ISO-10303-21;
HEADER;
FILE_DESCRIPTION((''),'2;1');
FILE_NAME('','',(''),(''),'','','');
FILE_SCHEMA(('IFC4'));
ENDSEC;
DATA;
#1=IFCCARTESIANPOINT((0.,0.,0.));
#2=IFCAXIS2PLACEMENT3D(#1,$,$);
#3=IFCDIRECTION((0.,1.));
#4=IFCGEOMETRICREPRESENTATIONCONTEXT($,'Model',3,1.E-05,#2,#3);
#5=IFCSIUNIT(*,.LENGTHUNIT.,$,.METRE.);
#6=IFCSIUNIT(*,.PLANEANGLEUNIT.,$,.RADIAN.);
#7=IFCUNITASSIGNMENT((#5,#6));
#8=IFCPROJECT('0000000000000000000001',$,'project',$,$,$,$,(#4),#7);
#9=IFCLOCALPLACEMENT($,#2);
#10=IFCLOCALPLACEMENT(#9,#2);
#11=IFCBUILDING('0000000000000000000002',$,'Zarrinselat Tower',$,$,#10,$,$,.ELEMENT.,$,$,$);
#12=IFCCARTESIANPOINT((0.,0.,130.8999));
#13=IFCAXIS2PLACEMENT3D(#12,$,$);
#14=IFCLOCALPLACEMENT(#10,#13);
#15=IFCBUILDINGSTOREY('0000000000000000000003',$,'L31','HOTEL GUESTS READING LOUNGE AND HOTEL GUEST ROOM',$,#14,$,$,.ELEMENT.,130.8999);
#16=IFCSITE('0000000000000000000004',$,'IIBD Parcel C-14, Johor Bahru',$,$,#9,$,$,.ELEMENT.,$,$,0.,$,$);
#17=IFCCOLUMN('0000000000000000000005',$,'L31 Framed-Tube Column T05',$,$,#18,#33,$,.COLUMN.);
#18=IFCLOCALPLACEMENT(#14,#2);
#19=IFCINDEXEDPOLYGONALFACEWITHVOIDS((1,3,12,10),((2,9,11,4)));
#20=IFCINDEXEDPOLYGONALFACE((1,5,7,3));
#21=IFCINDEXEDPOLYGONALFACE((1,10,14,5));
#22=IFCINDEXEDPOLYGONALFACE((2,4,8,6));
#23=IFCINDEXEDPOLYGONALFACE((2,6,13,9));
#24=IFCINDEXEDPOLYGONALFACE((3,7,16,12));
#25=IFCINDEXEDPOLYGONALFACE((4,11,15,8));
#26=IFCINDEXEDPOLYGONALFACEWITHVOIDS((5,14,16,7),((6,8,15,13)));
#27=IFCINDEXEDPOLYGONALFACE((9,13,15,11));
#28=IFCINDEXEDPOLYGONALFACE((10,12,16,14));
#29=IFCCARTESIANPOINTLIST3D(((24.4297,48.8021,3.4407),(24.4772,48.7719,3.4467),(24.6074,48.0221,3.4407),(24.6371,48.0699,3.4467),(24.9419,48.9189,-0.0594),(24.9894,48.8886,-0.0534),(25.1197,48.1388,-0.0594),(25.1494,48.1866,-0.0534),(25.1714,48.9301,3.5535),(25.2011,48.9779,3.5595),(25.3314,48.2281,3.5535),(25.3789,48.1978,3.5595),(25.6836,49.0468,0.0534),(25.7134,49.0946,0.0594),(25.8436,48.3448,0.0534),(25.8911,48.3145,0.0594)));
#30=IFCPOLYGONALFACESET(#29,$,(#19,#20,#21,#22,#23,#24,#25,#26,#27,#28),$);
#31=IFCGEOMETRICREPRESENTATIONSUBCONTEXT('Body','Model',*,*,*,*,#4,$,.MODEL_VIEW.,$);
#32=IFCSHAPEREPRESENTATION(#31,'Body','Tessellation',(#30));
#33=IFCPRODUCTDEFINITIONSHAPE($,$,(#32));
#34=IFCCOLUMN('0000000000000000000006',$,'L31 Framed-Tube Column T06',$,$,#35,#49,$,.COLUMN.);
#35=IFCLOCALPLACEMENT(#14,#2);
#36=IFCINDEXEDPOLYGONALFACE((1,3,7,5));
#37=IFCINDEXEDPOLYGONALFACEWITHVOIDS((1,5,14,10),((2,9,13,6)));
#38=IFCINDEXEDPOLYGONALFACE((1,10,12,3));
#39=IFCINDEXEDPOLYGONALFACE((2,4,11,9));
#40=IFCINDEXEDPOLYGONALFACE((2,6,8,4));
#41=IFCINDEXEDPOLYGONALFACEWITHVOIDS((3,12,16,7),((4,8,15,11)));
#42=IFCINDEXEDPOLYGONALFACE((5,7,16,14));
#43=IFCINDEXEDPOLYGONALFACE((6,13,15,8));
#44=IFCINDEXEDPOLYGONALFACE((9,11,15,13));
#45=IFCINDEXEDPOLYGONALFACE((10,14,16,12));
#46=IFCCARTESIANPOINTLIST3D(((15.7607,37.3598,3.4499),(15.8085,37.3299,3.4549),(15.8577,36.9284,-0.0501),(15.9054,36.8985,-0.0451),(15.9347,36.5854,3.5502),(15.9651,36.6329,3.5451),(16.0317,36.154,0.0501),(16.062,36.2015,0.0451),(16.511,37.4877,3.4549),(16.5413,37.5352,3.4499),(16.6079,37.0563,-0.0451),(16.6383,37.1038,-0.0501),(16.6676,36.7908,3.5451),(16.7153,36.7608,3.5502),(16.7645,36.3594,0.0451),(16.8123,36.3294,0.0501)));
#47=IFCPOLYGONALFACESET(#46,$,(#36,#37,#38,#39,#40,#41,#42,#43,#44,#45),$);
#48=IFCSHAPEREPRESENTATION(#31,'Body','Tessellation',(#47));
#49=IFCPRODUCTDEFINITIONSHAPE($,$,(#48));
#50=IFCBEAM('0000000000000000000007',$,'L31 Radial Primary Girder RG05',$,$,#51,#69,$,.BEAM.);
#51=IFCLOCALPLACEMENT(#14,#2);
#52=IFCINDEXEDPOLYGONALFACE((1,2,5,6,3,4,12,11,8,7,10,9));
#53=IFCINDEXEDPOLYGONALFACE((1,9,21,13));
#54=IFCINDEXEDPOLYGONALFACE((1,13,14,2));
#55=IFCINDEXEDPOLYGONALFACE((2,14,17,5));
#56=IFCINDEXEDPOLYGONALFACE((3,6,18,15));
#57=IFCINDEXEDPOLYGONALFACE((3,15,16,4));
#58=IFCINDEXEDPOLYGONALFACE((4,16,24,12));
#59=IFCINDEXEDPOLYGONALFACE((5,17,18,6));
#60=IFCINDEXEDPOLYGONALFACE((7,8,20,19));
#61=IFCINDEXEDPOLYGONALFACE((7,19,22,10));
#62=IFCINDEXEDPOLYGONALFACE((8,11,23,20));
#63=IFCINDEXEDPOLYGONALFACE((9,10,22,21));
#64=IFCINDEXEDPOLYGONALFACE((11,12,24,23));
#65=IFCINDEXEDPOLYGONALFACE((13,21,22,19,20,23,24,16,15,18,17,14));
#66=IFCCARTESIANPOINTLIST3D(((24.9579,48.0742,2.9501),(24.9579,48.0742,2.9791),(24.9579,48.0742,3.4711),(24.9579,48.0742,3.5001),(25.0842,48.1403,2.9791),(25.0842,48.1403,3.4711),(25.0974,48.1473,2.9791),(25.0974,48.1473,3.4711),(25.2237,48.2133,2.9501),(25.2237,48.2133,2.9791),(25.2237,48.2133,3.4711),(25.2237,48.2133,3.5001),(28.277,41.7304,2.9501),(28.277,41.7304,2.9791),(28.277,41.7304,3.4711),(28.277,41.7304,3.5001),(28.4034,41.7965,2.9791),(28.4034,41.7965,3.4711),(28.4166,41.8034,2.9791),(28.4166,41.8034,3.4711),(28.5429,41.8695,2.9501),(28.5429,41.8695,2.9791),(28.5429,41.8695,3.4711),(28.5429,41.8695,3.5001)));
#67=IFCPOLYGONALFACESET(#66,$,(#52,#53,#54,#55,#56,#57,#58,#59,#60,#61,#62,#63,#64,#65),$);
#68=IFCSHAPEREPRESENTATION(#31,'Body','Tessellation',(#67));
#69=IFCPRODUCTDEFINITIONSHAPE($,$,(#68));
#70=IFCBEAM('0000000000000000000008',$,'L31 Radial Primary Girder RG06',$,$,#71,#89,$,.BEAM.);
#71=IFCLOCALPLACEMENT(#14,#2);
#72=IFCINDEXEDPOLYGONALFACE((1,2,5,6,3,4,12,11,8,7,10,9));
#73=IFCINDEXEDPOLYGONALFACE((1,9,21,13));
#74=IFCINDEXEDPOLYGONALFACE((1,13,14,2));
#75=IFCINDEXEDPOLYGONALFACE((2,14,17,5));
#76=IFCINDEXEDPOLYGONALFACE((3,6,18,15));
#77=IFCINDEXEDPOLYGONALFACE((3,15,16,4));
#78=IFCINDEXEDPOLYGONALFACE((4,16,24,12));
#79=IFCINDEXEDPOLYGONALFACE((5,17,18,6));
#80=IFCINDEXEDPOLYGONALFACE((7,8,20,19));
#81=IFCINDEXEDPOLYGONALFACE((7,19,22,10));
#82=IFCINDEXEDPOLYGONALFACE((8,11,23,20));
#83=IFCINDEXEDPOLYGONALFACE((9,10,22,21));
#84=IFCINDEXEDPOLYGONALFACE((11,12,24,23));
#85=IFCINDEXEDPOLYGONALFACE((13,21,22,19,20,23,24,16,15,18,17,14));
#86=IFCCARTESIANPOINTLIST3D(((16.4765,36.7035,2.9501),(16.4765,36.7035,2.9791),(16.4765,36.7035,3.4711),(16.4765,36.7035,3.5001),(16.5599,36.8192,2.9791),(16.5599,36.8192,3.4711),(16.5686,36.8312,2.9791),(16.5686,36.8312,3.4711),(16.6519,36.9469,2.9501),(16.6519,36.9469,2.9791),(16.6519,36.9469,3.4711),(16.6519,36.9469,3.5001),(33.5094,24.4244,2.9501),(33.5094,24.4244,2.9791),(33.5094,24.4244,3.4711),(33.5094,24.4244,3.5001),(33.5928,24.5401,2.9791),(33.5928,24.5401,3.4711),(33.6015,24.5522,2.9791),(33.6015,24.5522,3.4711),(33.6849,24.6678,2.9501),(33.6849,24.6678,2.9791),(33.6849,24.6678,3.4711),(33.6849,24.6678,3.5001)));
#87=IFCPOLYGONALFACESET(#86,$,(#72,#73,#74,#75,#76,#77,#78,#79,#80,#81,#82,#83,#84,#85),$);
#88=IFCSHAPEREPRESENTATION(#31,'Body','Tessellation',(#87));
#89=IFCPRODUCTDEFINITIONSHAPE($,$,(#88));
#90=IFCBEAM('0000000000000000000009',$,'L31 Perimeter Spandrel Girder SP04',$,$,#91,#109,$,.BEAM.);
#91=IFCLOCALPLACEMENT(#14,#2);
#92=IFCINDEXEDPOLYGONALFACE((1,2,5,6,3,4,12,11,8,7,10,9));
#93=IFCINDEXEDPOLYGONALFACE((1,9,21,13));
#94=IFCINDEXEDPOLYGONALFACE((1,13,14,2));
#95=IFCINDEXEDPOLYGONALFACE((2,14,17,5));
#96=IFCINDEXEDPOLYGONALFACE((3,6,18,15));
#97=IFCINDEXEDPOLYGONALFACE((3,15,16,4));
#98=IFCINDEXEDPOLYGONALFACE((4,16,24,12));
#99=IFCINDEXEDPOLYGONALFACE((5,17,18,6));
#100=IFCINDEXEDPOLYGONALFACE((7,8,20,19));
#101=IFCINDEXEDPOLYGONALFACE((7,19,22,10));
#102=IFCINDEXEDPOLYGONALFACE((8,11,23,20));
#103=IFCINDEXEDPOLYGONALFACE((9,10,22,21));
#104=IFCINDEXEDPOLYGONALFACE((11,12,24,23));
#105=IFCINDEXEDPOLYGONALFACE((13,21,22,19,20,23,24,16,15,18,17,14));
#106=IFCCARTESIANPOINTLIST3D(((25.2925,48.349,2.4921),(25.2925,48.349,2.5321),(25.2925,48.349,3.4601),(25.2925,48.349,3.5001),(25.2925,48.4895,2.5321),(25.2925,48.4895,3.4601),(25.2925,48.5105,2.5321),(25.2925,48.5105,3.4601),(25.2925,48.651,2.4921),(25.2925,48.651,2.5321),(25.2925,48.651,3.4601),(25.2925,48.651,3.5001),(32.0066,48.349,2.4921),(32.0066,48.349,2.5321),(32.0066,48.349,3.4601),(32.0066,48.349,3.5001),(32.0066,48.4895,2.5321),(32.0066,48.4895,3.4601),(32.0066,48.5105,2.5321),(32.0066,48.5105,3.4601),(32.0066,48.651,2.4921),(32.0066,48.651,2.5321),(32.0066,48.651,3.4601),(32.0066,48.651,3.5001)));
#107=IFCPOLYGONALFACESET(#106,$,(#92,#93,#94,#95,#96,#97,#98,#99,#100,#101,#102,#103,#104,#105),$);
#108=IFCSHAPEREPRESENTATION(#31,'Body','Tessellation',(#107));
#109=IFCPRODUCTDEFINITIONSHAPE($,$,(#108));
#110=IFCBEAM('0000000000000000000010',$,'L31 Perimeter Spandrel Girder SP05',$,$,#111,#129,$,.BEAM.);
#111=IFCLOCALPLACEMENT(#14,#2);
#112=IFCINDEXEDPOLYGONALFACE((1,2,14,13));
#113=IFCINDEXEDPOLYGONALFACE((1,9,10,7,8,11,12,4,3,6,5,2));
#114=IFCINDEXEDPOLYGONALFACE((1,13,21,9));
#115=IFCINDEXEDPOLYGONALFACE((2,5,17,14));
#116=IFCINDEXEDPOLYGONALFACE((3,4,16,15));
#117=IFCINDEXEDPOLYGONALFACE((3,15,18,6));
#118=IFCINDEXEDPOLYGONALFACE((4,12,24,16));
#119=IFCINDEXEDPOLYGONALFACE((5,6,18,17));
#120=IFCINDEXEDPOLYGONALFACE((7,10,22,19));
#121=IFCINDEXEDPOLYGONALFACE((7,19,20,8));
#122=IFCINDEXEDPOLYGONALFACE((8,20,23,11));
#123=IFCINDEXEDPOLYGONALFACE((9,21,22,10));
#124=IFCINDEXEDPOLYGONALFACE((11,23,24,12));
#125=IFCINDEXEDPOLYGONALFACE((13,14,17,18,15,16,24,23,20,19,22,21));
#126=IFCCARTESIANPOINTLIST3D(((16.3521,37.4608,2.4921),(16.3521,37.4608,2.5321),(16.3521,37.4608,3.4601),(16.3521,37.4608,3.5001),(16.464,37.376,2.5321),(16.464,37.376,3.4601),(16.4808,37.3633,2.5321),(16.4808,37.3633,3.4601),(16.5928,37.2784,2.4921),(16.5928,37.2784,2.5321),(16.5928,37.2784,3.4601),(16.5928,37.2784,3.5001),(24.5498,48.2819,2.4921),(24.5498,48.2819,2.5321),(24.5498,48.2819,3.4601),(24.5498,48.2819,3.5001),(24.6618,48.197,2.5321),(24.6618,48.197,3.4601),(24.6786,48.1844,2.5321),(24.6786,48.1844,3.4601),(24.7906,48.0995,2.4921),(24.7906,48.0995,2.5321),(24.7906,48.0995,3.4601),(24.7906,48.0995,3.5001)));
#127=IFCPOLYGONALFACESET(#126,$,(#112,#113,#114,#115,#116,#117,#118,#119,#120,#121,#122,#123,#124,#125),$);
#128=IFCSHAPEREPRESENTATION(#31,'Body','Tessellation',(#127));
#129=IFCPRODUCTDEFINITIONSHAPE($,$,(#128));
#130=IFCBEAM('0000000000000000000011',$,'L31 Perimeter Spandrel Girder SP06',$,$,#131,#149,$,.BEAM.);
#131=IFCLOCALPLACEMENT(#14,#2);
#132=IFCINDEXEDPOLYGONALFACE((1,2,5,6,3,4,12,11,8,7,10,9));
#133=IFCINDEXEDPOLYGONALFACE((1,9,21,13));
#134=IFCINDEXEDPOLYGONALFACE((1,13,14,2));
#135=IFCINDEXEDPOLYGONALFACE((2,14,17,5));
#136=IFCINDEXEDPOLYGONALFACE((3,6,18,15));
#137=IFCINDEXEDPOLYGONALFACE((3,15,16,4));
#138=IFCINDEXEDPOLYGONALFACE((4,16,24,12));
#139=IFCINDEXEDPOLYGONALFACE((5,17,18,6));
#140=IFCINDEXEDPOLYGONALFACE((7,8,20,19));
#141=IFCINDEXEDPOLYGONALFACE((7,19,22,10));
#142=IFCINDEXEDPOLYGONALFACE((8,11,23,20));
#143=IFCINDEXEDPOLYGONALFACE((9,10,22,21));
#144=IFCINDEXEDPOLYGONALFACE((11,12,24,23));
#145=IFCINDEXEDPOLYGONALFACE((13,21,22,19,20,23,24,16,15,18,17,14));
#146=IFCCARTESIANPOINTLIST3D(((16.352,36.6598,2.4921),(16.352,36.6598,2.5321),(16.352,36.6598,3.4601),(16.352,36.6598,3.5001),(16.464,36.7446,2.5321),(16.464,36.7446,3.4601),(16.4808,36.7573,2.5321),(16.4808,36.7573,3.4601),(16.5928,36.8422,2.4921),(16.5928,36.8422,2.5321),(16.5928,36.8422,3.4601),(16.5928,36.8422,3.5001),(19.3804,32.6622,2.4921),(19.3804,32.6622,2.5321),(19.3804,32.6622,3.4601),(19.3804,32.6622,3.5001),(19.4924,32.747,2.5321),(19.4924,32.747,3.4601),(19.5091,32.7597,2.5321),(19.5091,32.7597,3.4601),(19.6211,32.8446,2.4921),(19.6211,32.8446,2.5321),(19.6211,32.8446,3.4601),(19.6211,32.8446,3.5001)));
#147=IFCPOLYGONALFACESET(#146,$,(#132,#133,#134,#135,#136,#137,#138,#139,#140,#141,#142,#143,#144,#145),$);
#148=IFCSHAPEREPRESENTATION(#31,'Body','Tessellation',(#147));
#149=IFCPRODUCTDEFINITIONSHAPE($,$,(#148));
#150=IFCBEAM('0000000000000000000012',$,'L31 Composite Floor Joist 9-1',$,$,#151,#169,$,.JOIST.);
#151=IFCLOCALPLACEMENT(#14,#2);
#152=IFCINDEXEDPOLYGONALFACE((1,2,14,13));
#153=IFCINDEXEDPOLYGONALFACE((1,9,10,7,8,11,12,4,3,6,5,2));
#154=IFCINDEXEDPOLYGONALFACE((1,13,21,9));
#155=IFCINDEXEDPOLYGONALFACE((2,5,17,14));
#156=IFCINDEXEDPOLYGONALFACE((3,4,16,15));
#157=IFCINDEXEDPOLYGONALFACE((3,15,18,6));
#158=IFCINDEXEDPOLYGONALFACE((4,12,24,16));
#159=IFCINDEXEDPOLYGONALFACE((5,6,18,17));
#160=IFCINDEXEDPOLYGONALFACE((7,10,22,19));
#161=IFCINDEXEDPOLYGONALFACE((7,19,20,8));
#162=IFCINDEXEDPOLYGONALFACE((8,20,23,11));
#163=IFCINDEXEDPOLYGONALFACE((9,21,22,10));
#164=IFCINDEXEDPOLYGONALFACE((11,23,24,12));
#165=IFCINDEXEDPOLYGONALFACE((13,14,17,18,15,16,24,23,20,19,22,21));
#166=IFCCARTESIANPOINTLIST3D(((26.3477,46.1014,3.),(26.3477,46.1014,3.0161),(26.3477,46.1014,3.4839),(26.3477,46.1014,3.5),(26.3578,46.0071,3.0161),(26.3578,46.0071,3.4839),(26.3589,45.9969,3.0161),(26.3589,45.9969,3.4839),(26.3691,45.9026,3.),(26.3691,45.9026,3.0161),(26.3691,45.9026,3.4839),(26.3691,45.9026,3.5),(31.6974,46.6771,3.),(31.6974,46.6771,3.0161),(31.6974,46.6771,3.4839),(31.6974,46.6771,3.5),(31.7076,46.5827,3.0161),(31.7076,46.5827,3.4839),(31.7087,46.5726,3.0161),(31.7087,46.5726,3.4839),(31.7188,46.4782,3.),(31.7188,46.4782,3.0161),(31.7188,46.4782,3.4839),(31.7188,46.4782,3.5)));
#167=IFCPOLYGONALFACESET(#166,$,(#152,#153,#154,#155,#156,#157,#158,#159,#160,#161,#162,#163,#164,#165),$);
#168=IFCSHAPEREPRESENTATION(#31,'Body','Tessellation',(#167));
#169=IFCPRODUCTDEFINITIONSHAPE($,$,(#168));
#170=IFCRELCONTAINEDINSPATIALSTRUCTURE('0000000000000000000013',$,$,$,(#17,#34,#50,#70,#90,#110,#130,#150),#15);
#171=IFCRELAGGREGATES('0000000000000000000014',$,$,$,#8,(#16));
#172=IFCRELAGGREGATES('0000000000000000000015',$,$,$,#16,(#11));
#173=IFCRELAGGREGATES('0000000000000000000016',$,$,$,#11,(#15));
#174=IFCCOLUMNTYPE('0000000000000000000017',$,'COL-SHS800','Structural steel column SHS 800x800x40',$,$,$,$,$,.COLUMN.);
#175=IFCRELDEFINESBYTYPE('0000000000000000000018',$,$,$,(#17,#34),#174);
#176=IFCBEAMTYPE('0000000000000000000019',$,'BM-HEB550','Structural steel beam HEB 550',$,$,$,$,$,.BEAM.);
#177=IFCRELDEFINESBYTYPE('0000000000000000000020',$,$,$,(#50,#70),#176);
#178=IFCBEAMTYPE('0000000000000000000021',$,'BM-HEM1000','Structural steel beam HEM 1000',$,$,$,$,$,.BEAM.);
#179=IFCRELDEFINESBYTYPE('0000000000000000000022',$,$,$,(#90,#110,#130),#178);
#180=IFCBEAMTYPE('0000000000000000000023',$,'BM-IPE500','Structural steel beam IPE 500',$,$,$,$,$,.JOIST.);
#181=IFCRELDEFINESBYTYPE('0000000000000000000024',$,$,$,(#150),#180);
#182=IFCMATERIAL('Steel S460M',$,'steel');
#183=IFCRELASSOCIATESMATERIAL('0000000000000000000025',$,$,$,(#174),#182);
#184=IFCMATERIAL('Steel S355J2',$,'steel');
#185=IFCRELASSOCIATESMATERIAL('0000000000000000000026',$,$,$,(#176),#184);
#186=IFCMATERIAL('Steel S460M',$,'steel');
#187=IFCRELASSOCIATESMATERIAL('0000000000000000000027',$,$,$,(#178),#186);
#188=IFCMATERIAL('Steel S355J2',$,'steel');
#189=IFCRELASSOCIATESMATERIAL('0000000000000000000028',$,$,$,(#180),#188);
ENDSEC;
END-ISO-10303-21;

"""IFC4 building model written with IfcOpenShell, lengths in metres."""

from ifc_helpers import new_model, si_unit, direction, frame, origin, origin_2d, place, context, subcontext, project, spatial, hollow_rectangle, i_section, extrude, material, material_profile, profile_set, type_object, element, save


model = new_model("IFC4")

# Units and contexts
model_context = context("Model", 3, precision=1e-05, world=origin(), true_north=direction((0.0, 1.0)))
body_context = subcontext(model_context, "Body", "Model", "MODEL_VIEW")
ifc_project = project(units=[si_unit("LENGTHUNIT", "METRE"), si_unit("PLANEANGLEUNIT", "RADIAN")], contexts=[model_context])

# Site, building, storey
site_placement = place(None, origin())
site = spatial("IfcSite", under=ifc_project, at=site_placement, Name="IIBD Parcel C-14, Johor Bahru", CompositionType="ELEMENT", RefElevation=0.0)
building_placement = place(site_placement, origin())
building = spatial("IfcBuilding", under=site, at=building_placement, Name="Zarrinselat Tower", CompositionType="ELEMENT")
storey_placement = place(building_placement, frame((0.0, 0.0, 130.8999)))
storey = spatial("IfcBuildingStorey", under=building, at=storey_placement, Name="L31", Description="HOTEL GUESTS READING LOUNGE AND HOTEL GUEST ROOM", CompositionType="ELEMENT", Elevation=130.8999)

# Columns
ifc_material_1 = material(Name="Steel S460M", Category="steel")
ifc_material_profile_1 = material_profile(ifc_material_1, hollow_rectangle(XDim=0.8, YDim=0.8, WallThickness=0.04, at=origin_2d()), Name="SHS 800x800x40")
ifc_profile_set_1 = profile_set([ifc_material_profile_1], Name="Steel S460M")
column_type = type_object("IfcColumnType", Name="COL-SHS800", Description="Structural steel column SHS 800x800x40", PredefinedType="COLUMN", material=ifc_profile_set_1)
column_1_placement = place(storey_placement, frame((25.4165, 48.6167, 0.0), z_axis=(-0.144724, -0.032973, 0.988923), x_axis=(0.222143, -0.975014, 0.0)))
element("IfcColumn", 1, at=column_1_placement, inside=storey, type_object=column_type, Name="L31 Framed-Tube Column T05", PredefinedType="COLUMN", context=body_context, shape_type="SweptSolid", body=[
    extrude(hollow_rectangle(XDim=0.8, YDim=0.8, WallThickness=0.04, at=origin_2d()), origin(), (0.0, 0.0, 1.0), 3.5393),
])
column_2_placement = place(storey_placement, frame((16.335, 36.6289, 0.0), z_axis=(-0.027474, 0.122284, 0.992115), x_axis=(-0.975678, -0.21921, 0.0)))
element("IfcColumn", 2, at=column_2_placement, inside=storey, type_object=column_type, Name="L31 Framed-Tube Column T06", PredefinedType="COLUMN", context=body_context, shape_type="SweptSolid", body=[
    extrude(hollow_rectangle(XDim=0.8, YDim=0.8, WallThickness=0.04, at=origin_2d()), origin(), (0.0, 0.0, 1.0), 3.5278),
])

# Beams
ifc_material_2 = material(Name="Steel S355J2", Category="steel")
ifc_material_profile_2 = material_profile(ifc_material_2, i_section(OverallWidth=0.3, OverallDepth=0.55, WebThickness=0.0149, FlangeThickness=0.0291, at=origin_2d()), Name="HEB 550")
ifc_profile_set_2 = profile_set([ifc_material_profile_2], Name="Steel S355J2")
beam_type_1 = type_object("IfcBeamType", Name="BM-HEB550", Description="Structural steel beam HEB 550", PredefinedType="BEAM", material=ifc_profile_set_2)
beam_1_placement = place(storey_placement, frame((25.0908, 48.1438, 3.2251), z_axis=(0.463588, -0.886051, 0.0), x_axis=(0.886051, 0.463588, 0.0)))
element("IfcBeam", 3, at=beam_1_placement, inside=storey, type_object=beam_type_1, Name="L31 Radial Primary Girder RG05", PredefinedType="BEAM", context=body_context, shape_type="SweptSolid", body=[
    extrude(i_section(OverallWidth=0.3, OverallDepth=0.55, WebThickness=0.0149, FlangeThickness=0.0291, at=origin_2d()), origin(), (0.0, 0.0, 1.0), 7.1597),
])
beam_2_placement = place(storey_placement, frame((16.5642, 36.8252, 3.2251), z_axis=(0.811188, -0.584785, 0.0), x_axis=(0.584785, 0.811188, 0.0)))
element("IfcBeam", 4, at=beam_2_placement, inside=storey, type_object=beam_type_1, Name="L31 Radial Primary Girder RG06", PredefinedType="BEAM", context=body_context, shape_type="SweptSolid", body=[
    extrude(i_section(OverallWidth=0.3, OverallDepth=0.55, WebThickness=0.0149, FlangeThickness=0.0291, at=origin_2d()), origin(), (0.0, 0.0, 1.0), 20.9976),
])
ifc_material_3 = material(Name="Steel S460M", Category="steel")
ifc_material_profile_3 = material_profile(ifc_material_3, i_section(OverallWidth=0.302, OverallDepth=1.0081, WebThickness=0.021, FlangeThickness=0.04, at=origin_2d()), Name="HEM 1000")
ifc_profile_set_3 = profile_set([ifc_material_profile_3], Name="Steel S460M")
beam_type_2 = type_object("IfcBeamType", Name="BM-HEM1000", Description="Structural steel beam HEM 1000", PredefinedType="BEAM", material=ifc_profile_set_3)
beam_3_placement = place(storey_placement, frame((25.2925, 48.5, 2.9961), z_axis=(1.0, 0.0, 0.0), x_axis=(0.0, 1.0, 0.0)))
element("IfcBeam", 5, at=beam_3_placement, inside=storey, type_object=beam_type_2, Name="L31 Perimeter Spandrel Girder SP04", PredefinedType="BEAM", context=body_context, shape_type="SweptSolid", body=[
    extrude(i_section(OverallWidth=0.302, OverallDepth=1.0081, WebThickness=0.021, FlangeThickness=0.04, at=origin_2d()), origin(), (0.0, 0.0, 1.0), 6.7141),
])
beam_4_placement = place(storey_placement, frame((16.4724, 37.3696, 2.9961), z_axis=(0.603857, 0.797092, 0.0), x_axis=(-0.797092, 0.603857, 0.0)))
element("IfcBeam", 6, at=beam_4_placement, inside=storey, type_object=beam_type_2, Name="L31 Perimeter Spandrel Girder SP05", PredefinedType="BEAM", context=body_context, shape_type="SweptSolid", body=[
    extrude(i_section(OverallWidth=0.302, OverallDepth=1.0081, WebThickness=0.021, FlangeThickness=0.04, at=origin_2d()), origin(), (0.0, 0.0, 1.0), 13.5757),
])
beam_5_placement = place(storey_placement, frame((16.4724, 36.751, 2.9961), z_axis=(0.603841, -0.797105, 0.0), x_axis=(0.797105, 0.603841, 0.0)))
element("IfcBeam", 7, at=beam_5_placement, inside=storey, type_object=beam_type_2, Name="L31 Perimeter Spandrel Girder SP06", PredefinedType="BEAM", context=body_context, shape_type="SweptSolid", body=[
    extrude(i_section(OverallWidth=0.302, OverallDepth=1.0081, WebThickness=0.021, FlangeThickness=0.04, at=origin_2d()), origin(), (0.0, 0.0, 1.0), 5.0151),
])
ifc_material_4 = material(Name="Steel S355J2", Category="steel")
ifc_material_profile_4 = material_profile(ifc_material_4, i_section(OverallWidth=0.2, OverallDepth=0.5, WebThickness=0.0103, FlangeThickness=0.0161, at=origin_2d()), Name="IPE 500")
ifc_profile_set_4 = profile_set([ifc_material_profile_4], Name="Steel S355J2")
beam_type_3 = type_object("IfcBeamType", Name="BM-IPE500", Description="Structural steel beam IPE 500", PredefinedType="JOIST", material=ifc_profile_set_4)
beam_6_placement = place(storey_placement, frame((26.3584, 46.002, 3.25), z_axis=(0.99426, 0.106995, 0.0), x_axis=(-0.106995, 0.99426, 0.0)))
element("IfcBeam", 8, at=beam_6_placement, inside=storey, type_object=beam_type_3, Name="L31 Composite Floor Joist 9-1", PredefinedType="JOIST", context=body_context, shape_type="SweptSolid", body=[
    extrude(i_section(OverallWidth=0.2, OverallDepth=0.5, WebThickness=0.0103, FlangeThickness=0.0161, at=origin_2d()), origin(), (0.0, 0.0, 1.0), 5.3806),
])

save(model, "model.ifc")
